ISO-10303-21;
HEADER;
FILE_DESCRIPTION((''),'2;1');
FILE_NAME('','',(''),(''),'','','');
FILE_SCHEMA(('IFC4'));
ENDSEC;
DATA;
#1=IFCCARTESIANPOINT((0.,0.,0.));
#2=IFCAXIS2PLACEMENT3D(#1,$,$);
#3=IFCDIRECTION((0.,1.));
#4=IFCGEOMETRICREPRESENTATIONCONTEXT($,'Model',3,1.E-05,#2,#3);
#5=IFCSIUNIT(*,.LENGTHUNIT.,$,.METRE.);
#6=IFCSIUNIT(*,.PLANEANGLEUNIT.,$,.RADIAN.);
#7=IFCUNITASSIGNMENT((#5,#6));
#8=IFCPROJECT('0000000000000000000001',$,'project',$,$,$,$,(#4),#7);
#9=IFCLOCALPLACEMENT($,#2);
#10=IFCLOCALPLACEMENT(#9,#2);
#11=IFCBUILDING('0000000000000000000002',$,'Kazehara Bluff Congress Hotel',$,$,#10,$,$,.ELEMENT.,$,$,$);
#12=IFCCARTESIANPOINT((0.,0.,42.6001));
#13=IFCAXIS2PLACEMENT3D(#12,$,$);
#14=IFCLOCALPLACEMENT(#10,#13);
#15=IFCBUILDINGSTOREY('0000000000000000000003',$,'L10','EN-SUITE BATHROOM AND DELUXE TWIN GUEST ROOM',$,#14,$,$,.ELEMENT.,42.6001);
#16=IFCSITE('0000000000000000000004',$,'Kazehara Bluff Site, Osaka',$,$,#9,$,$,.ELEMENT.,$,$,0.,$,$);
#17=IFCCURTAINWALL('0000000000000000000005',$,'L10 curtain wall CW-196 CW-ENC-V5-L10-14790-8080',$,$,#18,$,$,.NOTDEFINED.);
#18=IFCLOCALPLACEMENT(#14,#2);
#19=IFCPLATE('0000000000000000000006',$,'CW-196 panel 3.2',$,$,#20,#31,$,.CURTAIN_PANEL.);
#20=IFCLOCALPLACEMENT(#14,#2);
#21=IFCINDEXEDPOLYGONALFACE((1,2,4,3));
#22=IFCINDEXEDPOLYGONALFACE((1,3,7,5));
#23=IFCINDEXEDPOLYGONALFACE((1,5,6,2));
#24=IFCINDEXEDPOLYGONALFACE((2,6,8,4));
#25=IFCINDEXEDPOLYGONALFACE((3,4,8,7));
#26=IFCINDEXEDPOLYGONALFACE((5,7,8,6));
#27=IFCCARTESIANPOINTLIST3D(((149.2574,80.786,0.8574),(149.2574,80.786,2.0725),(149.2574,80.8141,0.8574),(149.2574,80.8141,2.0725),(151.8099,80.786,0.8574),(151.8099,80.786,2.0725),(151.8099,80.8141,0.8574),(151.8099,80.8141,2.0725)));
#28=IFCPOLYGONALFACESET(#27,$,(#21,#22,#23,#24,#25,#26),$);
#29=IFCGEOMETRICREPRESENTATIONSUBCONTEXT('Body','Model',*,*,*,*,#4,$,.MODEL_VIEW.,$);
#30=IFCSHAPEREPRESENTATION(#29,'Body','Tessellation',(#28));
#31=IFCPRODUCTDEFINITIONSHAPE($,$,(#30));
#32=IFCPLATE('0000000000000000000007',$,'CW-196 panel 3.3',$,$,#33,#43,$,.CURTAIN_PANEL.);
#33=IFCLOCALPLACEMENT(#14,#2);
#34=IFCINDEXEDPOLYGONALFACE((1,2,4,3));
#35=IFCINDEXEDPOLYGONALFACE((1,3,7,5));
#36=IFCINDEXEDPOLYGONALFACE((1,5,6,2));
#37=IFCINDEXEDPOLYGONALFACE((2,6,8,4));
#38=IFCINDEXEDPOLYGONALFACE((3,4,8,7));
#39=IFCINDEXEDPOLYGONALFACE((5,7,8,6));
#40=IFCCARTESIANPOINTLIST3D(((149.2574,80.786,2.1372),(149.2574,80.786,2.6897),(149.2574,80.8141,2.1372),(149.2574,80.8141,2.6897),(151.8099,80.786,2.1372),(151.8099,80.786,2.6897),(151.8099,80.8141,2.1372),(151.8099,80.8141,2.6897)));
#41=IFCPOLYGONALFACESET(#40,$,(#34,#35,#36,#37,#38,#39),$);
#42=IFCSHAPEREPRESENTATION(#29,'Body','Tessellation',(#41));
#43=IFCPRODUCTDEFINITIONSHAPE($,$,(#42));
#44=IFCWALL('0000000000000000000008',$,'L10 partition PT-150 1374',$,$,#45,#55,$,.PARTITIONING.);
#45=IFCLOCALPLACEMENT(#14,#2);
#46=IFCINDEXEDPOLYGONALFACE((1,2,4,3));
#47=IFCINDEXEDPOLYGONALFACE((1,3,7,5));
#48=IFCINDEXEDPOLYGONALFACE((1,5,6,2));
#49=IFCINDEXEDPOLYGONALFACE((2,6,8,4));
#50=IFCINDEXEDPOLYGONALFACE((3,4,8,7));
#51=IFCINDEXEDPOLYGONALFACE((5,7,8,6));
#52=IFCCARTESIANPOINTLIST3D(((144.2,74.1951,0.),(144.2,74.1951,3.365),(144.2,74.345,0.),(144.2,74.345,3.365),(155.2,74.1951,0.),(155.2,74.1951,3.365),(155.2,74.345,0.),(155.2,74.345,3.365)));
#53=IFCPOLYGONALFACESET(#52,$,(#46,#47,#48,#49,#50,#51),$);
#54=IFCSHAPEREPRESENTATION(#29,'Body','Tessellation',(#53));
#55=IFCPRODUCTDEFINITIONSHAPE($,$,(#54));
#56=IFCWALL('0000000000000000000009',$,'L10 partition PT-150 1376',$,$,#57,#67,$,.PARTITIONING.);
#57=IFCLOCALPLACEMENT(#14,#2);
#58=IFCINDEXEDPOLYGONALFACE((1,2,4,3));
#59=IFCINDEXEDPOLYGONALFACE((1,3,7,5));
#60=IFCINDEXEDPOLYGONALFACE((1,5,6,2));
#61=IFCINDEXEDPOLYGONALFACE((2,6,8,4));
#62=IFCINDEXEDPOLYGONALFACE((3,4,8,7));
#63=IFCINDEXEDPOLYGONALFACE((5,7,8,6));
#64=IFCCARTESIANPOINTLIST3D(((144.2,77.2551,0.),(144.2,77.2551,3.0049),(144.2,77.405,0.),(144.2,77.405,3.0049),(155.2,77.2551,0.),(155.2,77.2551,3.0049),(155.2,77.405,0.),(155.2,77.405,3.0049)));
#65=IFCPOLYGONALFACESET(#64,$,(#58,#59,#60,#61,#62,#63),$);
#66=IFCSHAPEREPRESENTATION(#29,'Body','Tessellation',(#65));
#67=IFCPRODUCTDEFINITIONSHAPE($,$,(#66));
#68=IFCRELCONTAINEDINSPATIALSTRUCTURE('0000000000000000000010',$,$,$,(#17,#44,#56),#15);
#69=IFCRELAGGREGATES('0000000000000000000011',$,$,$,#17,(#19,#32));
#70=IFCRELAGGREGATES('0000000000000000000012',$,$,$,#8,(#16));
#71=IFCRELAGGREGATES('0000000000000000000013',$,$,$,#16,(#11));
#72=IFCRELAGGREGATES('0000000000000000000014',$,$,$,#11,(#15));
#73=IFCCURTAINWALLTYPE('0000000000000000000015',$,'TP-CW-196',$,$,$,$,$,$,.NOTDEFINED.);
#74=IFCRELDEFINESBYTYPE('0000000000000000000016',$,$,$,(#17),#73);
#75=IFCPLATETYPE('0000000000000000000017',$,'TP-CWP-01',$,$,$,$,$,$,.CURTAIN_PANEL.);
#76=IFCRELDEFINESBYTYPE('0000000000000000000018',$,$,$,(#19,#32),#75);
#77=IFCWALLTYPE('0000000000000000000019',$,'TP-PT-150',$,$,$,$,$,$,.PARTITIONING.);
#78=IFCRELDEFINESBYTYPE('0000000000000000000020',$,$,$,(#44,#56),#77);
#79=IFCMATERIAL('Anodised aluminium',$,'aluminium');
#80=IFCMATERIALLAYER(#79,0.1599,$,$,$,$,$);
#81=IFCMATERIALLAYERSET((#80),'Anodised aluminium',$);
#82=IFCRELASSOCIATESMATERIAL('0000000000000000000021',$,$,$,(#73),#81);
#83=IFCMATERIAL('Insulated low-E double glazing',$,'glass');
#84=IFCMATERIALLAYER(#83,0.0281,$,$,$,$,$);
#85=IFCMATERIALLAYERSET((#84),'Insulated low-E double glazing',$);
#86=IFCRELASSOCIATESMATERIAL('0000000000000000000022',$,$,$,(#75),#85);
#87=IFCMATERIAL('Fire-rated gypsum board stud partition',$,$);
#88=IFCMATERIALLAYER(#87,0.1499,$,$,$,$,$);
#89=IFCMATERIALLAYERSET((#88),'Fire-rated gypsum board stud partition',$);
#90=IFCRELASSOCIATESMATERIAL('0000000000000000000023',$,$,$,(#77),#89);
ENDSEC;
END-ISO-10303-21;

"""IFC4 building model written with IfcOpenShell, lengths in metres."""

from ifc_helpers import new_model, si_unit, direction, frame, frame_2d, origin, origin_2d, place, context, subcontext, project, spatial, rectangle, extrude, material, layer, layer_set, type_object, element, aggregate, save


model = new_model("IFC4")

# Units and contexts
model_context = context("Model", 3, precision=1e-05, world=origin(), true_north=direction((0.0, 1.0)))
body_context = subcontext(model_context, "Body", "Model", "MODEL_VIEW")
ifc_project = project(units=[si_unit("LENGTHUNIT", "METRE"), si_unit("PLANEANGLEUNIT", "RADIAN")], contexts=[model_context])

# Site, building, storey
site_placement = place(None, origin())
site = spatial("IfcSite", under=ifc_project, at=site_placement, Name="Kazehara Bluff Site, Osaka", CompositionType="ELEMENT", RefElevation=0.0)
building_placement = place(site_placement, origin())
building = spatial("IfcBuilding", under=site, at=building_placement, Name="Kazehara Bluff Congress Hotel", CompositionType="ELEMENT")
storey_placement = place(building_placement, frame((0.0, 0.0, 42.6001)))
storey = spatial("IfcBuildingStorey", under=building, at=storey_placement, Name="L10", Description="EN-SUITE BATHROOM AND DELUXE TWIN GUEST ROOM", CompositionType="ELEMENT", Elevation=42.6001)

# Curtain wall
ifc_material_1 = material(Name="Anodised aluminium", Category="aluminium")
ifc_layer_1 = layer(ifc_material_1, 0.1599)
ifc_layer_set_1 = layer_set([ifc_layer_1], Name="Anodised aluminium")
curtain_wall_type = type_object("IfcCurtainWallType", Name="TP-CW-196", PredefinedType="NOTDEFINED", material=ifc_layer_set_1)
curtain_wall_placement = place(storey_placement, origin())
curtain_wall = element("IfcCurtainWall", 1, at=curtain_wall_placement, inside=storey, type_object=curtain_wall_type, Name="L10 curtain wall CW-196 CW-ENC-V5-L10-14790-8080", PredefinedType="NOTDEFINED")

# Plates
ifc_material_2 = material(Name="Insulated low-E double glazing", Category="glass")
ifc_layer_2 = layer(ifc_material_2, 0.0281)
ifc_layer_set_2 = layer_set([ifc_layer_2], Name="Insulated low-E double glazing")
plate_type = type_object("IfcPlateType", Name="TP-CWP-01", PredefinedType="CURTAIN_PANEL", material=ifc_layer_set_2)
plate_1_placement = place(storey_placement, frame((150.5337, 80.8, 0.8574), z_axis=(0.0, 0.0, 1.0), x_axis=(1.0, 0.0, 0.0)))
plate_1 = element("IfcPlate", 2, at=plate_1_placement, type_object=plate_type, Name="CW-196 panel 3.2", PredefinedType="CURTAIN_PANEL", context=body_context, shape_type="SweptSolid", body=[
    extrude(rectangle(XDim=2.5525, YDim=0.0281, at=origin_2d()), origin(), (0.0, 0.0, 1.0), 1.2151),
])
plate_2_placement = place(storey_placement, frame((150.5337, 80.8, 2.1372), z_axis=(0.0, 0.0, 1.0), x_axis=(1.0, 0.0, 0.0)))
plate_2 = element("IfcPlate", 3, at=plate_2_placement, type_object=plate_type, Name="CW-196 panel 3.3", PredefinedType="CURTAIN_PANEL", context=body_context, shape_type="SweptSolid", body=[
    extrude(rectangle(XDim=2.5525, YDim=0.0281, at=origin_2d()), origin(), (0.0, 0.0, 1.0), 0.5525),
])
aggregate(curtain_wall, [plate_1, plate_2])

# Walls
ifc_material_3 = material(Name="Fire-rated gypsum board stud partition")
ifc_layer_3 = layer(ifc_material_3, 0.1499)
ifc_layer_set_3 = layer_set([ifc_layer_3], Name="Fire-rated gypsum board stud partition")
wall_type = type_object("IfcWallType", Name="TP-PT-150", PredefinedType="PARTITIONING", material=ifc_layer_set_3)
wall_1_placement = place(storey_placement, frame((144.2, 74.27, 0.0), z_axis=(0.0, 0.0, 1.0), x_axis=(1.0, 0.0, 0.0)))
element("IfcWall", 4, at=wall_1_placement, inside=storey, type_object=wall_type, Name="L10 partition PT-150 1374", PredefinedType="PARTITIONING", context=body_context, shape_type="SweptSolid", body=[
    extrude(rectangle(XDim=11.0, YDim=0.1499, at=frame_2d((5.5, 0.0))), origin(), (0.0, 0.0, 1.0), 3.365),
])
wall_2_placement = place(storey_placement, frame((144.2, 77.3301, 0.0), z_axis=(0.0, 0.0, 1.0), x_axis=(1.0, 0.0, 0.0)))
element("IfcWall", 5, at=wall_2_placement, inside=storey, type_object=wall_type, Name="L10 partition PT-150 1376", PredefinedType="PARTITIONING", context=body_context, shape_type="SweptSolid", body=[
    extrude(rectangle(XDim=11.0, YDim=0.1499, at=frame_2d((5.5, 0.0))), origin(), (0.0, 0.0, 1.0), 3.0049),
])

save(model, "model.ifc")
